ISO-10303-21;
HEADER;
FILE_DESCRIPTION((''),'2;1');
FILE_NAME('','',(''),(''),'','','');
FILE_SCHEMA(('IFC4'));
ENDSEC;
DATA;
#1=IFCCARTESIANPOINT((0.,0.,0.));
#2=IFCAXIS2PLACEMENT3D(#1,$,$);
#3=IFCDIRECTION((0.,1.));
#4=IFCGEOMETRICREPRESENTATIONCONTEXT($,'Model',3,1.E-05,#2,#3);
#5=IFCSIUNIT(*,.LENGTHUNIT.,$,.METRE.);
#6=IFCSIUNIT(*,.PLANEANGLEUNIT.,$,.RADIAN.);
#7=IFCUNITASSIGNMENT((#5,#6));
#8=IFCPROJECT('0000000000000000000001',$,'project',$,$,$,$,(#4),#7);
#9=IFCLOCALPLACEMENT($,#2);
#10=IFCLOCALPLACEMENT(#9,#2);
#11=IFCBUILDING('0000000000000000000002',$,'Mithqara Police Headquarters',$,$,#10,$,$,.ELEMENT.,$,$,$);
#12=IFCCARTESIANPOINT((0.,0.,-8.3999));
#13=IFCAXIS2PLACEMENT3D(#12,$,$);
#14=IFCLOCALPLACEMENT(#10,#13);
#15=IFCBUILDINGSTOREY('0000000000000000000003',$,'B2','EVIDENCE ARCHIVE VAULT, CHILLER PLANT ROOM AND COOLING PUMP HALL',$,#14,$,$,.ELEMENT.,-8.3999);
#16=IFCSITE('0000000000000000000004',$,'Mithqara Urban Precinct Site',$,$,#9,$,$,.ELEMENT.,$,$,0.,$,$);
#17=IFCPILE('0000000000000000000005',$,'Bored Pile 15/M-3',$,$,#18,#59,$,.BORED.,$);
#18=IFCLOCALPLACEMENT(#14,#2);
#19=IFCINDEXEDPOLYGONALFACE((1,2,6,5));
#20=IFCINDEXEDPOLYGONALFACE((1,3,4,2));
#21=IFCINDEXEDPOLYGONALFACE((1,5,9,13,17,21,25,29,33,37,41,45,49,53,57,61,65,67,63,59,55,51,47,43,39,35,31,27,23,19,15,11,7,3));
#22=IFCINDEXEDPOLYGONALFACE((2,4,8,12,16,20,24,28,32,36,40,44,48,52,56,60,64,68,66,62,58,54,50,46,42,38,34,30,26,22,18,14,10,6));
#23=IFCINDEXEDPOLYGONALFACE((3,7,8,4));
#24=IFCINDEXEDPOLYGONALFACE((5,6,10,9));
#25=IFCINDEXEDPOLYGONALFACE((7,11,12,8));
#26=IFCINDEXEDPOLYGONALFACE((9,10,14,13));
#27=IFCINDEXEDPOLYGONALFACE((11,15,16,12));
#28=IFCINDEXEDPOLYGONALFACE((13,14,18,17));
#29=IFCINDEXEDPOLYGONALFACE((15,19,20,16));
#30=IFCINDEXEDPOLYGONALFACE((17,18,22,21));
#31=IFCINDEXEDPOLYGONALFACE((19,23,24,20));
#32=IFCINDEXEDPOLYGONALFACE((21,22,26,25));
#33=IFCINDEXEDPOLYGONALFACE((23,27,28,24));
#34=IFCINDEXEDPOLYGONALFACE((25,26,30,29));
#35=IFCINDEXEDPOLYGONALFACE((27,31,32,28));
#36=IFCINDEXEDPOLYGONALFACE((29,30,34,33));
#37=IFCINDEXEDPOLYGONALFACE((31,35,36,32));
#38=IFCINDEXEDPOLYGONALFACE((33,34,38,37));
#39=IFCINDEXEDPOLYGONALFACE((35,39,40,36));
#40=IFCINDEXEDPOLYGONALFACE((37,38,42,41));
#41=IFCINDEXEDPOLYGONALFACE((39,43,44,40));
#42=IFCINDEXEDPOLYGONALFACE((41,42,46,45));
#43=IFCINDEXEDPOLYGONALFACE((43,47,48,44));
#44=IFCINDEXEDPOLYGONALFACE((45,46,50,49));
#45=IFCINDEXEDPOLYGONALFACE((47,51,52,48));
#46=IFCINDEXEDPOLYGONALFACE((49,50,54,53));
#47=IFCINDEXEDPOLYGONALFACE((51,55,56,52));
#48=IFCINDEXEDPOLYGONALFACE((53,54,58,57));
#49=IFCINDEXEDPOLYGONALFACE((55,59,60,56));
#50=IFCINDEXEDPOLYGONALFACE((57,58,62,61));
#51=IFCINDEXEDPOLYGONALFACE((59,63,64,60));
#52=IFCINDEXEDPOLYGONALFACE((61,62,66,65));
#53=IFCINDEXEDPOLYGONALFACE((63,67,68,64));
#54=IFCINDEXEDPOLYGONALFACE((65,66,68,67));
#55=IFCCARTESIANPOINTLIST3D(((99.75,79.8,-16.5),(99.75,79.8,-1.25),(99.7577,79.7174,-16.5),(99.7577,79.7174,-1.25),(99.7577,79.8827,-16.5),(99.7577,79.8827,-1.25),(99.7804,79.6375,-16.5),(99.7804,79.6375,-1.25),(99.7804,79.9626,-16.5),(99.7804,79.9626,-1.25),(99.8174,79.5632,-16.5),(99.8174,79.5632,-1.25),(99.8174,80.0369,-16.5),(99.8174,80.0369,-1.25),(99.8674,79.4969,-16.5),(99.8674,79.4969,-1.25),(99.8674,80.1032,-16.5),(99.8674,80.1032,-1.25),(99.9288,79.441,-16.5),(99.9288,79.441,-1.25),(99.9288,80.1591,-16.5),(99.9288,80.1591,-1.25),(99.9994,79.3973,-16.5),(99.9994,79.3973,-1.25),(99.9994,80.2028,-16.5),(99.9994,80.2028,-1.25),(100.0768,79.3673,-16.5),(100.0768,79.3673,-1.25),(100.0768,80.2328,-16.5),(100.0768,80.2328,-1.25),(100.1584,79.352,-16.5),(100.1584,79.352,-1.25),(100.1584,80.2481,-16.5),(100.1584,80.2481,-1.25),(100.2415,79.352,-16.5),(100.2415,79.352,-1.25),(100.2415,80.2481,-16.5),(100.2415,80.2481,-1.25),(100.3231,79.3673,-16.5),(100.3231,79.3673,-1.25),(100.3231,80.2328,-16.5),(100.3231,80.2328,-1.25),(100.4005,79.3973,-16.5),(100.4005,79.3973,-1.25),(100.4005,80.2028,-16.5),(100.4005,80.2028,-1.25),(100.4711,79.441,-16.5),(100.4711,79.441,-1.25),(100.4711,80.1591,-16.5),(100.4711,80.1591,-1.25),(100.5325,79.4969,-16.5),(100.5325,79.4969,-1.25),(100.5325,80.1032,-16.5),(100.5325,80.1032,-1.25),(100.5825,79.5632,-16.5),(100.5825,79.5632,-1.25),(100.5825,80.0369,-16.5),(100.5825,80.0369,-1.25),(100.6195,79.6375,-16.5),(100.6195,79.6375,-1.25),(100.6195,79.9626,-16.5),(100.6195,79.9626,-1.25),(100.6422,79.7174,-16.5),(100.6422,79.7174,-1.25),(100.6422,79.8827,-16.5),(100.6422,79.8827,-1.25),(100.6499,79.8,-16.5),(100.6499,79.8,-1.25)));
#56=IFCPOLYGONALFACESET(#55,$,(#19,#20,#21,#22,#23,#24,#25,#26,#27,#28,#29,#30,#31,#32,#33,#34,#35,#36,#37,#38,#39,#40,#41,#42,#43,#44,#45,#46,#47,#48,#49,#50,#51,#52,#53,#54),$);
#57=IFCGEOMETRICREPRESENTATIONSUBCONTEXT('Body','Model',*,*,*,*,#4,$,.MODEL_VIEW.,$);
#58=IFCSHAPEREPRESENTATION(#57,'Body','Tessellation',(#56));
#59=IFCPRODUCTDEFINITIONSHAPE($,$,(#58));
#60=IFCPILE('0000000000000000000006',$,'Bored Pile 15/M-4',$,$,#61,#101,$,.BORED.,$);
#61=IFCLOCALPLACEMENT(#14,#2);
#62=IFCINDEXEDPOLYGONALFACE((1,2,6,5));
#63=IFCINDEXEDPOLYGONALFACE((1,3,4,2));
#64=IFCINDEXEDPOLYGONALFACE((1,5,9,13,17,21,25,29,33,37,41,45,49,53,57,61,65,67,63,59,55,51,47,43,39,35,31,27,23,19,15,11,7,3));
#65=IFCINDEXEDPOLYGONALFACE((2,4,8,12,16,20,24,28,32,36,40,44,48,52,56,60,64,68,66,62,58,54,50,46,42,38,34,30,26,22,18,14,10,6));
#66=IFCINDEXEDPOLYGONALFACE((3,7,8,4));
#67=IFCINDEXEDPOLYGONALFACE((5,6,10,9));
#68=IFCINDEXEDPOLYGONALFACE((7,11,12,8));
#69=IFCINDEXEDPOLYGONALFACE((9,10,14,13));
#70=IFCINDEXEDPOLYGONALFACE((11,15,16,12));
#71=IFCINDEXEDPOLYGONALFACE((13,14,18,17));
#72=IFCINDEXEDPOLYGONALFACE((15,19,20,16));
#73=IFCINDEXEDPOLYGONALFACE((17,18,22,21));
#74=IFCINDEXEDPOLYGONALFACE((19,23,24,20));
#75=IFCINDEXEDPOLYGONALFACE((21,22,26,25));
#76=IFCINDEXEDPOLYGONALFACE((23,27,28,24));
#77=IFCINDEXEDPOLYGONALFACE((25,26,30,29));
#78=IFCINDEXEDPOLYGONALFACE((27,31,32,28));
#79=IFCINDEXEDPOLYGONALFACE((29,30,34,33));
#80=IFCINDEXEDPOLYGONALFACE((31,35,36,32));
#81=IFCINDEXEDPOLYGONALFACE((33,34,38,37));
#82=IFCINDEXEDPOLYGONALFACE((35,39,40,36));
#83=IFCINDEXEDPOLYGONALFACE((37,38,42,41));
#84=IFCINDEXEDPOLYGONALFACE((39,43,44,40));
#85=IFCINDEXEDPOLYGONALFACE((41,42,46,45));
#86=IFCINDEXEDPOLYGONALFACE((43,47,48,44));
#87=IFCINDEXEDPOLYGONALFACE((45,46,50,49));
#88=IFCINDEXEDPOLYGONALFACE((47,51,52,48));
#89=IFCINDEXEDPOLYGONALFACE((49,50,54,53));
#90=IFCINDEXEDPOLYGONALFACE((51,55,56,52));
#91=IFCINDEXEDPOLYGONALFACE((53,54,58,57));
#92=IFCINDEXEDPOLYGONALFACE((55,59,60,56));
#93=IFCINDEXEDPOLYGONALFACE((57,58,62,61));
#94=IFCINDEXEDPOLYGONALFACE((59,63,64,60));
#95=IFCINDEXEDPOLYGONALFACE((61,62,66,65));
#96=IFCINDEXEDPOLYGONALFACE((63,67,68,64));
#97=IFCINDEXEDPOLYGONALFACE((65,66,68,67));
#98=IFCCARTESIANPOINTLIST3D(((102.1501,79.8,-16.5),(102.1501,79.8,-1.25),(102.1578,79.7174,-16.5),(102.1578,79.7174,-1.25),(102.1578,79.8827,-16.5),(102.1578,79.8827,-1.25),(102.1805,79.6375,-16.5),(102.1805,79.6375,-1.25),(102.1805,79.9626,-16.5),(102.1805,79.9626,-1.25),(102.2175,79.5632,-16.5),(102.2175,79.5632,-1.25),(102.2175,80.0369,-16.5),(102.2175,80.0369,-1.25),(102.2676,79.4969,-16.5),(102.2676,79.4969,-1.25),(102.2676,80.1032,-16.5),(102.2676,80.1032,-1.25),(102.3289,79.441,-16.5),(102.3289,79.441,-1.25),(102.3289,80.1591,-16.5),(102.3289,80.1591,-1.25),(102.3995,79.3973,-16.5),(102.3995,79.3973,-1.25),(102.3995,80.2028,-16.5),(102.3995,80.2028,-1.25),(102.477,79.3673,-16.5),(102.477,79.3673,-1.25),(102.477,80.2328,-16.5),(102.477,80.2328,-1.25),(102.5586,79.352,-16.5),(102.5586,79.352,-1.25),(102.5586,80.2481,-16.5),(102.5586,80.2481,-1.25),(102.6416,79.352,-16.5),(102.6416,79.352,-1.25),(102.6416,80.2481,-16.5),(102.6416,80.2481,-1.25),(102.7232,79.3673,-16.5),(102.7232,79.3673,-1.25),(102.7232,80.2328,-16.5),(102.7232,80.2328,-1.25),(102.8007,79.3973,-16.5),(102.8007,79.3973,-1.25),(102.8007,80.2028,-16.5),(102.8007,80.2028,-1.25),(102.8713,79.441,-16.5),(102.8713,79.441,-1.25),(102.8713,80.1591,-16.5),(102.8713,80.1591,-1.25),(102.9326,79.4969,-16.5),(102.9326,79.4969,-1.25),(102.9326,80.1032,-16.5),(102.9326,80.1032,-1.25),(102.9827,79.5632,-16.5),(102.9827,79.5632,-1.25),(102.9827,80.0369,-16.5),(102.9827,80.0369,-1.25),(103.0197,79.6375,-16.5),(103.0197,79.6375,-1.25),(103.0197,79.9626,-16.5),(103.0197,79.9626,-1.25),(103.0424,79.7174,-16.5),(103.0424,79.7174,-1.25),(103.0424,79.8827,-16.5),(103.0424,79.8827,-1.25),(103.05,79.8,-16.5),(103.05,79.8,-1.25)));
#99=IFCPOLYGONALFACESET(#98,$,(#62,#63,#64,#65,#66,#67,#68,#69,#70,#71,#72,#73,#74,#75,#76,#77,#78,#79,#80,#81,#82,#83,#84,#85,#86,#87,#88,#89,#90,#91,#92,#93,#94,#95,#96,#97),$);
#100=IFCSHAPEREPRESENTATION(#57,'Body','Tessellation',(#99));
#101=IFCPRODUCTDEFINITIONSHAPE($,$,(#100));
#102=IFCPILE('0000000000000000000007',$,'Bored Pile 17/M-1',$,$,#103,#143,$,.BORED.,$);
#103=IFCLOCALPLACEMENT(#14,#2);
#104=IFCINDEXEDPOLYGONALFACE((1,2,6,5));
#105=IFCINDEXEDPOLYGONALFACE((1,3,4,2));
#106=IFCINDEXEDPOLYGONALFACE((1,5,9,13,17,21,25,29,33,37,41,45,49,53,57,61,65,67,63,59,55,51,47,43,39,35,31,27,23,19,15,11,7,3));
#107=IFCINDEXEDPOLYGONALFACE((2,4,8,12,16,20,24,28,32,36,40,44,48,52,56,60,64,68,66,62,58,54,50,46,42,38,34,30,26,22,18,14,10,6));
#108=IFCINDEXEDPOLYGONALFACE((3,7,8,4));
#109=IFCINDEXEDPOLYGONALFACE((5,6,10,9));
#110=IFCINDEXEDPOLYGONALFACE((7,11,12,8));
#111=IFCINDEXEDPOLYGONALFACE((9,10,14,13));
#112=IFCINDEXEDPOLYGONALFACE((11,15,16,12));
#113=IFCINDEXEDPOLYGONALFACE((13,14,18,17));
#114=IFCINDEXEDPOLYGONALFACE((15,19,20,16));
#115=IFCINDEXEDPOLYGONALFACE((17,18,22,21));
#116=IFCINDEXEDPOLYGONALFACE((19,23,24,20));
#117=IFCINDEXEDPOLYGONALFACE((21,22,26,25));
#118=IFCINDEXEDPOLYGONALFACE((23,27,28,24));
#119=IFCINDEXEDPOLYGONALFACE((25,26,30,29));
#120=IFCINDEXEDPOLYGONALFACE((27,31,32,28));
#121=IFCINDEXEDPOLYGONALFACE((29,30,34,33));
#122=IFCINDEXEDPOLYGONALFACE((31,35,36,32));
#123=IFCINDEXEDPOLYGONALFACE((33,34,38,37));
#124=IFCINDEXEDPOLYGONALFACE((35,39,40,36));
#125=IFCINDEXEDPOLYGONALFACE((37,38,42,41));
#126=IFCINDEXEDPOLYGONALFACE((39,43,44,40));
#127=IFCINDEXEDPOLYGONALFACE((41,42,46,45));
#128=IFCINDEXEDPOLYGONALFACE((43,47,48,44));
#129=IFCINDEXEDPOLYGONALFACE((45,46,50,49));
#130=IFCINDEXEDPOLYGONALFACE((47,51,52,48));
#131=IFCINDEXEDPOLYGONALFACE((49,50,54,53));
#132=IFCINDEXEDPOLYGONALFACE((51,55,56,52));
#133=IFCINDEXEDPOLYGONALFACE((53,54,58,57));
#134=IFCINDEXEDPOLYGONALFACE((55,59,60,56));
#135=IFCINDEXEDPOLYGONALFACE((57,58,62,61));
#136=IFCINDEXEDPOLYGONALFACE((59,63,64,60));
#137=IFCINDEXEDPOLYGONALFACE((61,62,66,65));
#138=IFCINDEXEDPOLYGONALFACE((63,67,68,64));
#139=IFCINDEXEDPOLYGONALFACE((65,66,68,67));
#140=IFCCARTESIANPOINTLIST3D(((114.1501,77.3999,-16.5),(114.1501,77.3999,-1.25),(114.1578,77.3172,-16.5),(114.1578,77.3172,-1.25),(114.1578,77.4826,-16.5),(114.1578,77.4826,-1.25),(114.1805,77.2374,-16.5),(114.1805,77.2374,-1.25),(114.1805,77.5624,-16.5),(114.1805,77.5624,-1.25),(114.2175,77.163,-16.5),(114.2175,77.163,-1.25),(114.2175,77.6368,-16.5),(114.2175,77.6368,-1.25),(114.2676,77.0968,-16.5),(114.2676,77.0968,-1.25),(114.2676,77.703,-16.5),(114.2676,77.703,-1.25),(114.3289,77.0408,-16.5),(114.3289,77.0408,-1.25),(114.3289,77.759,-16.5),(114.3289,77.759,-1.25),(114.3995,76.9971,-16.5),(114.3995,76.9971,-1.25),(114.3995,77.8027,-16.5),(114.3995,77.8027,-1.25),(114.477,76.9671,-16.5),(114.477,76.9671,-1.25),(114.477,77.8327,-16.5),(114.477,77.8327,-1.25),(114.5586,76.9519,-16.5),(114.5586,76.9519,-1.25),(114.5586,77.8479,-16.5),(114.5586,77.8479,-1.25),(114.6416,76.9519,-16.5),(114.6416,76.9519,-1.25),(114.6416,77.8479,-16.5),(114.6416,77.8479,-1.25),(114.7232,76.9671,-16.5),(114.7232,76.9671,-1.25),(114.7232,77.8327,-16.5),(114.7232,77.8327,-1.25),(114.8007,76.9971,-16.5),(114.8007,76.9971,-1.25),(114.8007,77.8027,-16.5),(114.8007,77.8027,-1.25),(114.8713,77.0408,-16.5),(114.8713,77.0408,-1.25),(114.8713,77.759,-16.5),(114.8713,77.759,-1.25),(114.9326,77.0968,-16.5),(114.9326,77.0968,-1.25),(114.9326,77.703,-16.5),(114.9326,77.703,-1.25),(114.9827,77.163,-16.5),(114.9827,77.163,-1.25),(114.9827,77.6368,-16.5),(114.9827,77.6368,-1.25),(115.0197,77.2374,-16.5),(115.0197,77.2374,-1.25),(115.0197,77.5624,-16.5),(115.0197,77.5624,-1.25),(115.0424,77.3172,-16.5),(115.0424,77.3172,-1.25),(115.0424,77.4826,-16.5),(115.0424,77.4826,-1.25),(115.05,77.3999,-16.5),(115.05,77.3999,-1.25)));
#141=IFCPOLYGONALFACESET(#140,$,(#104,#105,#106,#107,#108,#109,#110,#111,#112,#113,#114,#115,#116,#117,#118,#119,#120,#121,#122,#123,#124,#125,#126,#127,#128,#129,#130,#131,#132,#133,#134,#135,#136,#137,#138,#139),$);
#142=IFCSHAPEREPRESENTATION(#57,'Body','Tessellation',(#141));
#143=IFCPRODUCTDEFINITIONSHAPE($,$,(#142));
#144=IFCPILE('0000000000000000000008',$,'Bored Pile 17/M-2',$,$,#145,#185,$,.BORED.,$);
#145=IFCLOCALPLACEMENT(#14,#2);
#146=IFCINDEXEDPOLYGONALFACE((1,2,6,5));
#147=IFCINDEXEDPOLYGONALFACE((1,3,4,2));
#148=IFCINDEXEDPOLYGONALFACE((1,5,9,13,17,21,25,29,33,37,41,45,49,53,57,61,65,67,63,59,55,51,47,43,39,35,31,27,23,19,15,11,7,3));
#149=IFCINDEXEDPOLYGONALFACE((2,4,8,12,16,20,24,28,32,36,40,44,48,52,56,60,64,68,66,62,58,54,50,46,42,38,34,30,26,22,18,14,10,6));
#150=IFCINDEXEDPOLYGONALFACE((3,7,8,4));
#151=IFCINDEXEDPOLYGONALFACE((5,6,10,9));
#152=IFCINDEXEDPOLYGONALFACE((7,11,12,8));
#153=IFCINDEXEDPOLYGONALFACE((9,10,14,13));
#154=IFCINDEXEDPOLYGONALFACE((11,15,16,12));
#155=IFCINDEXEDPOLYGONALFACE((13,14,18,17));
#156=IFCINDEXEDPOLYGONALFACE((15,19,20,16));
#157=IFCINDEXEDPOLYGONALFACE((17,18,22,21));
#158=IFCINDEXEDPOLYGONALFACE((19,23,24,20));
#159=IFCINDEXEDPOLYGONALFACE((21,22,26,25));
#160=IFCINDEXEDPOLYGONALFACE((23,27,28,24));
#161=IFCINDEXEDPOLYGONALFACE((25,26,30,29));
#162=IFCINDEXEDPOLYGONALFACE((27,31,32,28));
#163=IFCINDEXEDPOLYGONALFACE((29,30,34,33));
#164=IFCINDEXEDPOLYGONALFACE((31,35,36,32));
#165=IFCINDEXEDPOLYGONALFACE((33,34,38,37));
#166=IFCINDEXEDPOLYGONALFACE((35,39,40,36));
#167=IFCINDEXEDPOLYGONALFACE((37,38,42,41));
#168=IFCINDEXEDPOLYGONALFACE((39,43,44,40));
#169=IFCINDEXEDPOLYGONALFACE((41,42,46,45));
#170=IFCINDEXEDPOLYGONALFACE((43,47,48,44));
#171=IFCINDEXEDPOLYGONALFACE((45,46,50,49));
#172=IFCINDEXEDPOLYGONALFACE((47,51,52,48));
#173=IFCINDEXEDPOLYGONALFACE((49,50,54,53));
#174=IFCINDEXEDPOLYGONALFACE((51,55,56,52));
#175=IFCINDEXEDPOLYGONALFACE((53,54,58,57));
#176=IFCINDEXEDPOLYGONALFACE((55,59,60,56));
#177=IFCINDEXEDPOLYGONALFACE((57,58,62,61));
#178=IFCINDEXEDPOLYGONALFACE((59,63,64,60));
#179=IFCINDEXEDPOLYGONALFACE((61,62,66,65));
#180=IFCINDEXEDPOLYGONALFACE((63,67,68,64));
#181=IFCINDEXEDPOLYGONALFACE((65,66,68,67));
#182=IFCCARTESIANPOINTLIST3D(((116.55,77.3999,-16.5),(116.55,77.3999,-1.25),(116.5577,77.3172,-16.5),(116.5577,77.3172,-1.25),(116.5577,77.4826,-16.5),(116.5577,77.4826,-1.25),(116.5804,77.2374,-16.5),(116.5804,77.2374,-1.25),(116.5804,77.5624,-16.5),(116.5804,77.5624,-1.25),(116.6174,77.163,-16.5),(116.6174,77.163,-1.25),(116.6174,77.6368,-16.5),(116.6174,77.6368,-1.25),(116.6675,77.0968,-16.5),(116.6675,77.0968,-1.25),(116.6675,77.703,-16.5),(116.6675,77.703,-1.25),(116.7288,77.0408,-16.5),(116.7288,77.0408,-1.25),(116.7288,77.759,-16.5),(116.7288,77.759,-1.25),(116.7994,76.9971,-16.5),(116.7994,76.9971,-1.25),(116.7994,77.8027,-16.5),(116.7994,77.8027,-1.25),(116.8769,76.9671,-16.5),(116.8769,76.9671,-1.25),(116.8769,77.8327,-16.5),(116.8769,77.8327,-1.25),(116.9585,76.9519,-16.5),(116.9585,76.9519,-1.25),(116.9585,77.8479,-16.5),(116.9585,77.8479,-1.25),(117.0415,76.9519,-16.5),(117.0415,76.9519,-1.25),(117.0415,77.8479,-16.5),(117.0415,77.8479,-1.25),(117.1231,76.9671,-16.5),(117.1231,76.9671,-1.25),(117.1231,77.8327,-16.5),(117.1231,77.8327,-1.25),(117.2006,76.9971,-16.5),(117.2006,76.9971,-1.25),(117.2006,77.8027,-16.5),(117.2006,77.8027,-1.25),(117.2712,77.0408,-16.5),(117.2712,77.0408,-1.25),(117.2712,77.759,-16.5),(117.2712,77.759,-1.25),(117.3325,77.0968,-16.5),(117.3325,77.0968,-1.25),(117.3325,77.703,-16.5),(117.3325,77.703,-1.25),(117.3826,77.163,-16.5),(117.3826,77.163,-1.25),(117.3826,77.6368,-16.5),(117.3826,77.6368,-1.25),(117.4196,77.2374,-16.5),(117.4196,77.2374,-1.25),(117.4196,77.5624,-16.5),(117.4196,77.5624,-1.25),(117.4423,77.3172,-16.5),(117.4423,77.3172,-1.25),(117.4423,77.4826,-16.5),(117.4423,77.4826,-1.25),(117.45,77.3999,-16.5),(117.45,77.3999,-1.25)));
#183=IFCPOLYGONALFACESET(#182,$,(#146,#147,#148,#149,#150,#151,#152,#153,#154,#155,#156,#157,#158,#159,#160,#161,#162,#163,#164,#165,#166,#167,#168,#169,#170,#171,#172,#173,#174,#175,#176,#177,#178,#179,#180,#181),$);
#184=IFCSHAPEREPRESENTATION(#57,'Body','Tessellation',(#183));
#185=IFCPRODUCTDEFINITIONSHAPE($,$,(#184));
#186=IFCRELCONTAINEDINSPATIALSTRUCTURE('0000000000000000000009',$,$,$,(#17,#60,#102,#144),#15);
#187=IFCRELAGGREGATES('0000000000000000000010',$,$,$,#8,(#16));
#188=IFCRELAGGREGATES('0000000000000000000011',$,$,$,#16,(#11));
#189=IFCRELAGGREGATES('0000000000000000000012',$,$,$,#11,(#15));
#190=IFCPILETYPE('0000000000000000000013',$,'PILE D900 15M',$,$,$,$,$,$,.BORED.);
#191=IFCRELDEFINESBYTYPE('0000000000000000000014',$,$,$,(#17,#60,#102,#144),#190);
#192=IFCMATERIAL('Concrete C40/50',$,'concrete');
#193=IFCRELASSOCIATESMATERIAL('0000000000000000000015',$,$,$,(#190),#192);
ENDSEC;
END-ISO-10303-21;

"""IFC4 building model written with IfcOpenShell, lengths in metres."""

from ifc_helpers import new_model, si_unit, direction, frame, origin, origin_2d, place, context, subcontext, project, spatial, circle, extrude, material, material_profile, profile_set, type_object, element, save


model = new_model("IFC4")

# Units and contexts
model_context = context("Model", 3, precision=1e-05, world=origin(), true_north=direction((0.0, 1.0)))
body_context = subcontext(model_context, "Body", "Model", "MODEL_VIEW")
ifc_project = project(units=[si_unit("LENGTHUNIT", "METRE"), si_unit("PLANEANGLEUNIT", "RADIAN")], contexts=[model_context])

# Site, building, storey
site_placement = place(None, origin())
site = spatial("IfcSite", under=ifc_project, at=site_placement, Name="Mithqara Urban Precinct Site", CompositionType="ELEMENT", RefElevation=0.0)
building_placement = place(site_placement, origin())
building = spatial("IfcBuilding", under=site, at=building_placement, Name="Mithqara Police Headquarters", CompositionType="ELEMENT")
storey_placement = place(building_placement, frame((0.0, 0.0, -8.3999)))
storey = spatial("IfcBuildingStorey", under=building, at=storey_placement, Name="B2", Description="EVIDENCE ARCHIVE VAULT, CHILLER PLANT ROOM AND COOLING PUMP HALL", CompositionType="ELEMENT", Elevation=-8.3999)

# Shared definitions
ifc_material_1 = material(Name="Concrete C40/50", Category="concrete")

# Piles
ifc_material_profile_1 = material_profile(ifc_material_1, circle(Radius=0.45, at=origin_2d()), Name="PILE D900")
ifc_profile_set_1 = profile_set([ifc_material_profile_1], Name="Concrete C40/50")
pile_type_1 = type_object("IfcPileType", Name="PILE D900 15M", PredefinedType="BORED", material=ifc_profile_set_1)
for number, where, z_axis, x_axis, name in (
    (1, (100.2, 79.8, -1.25), (0.0, 0.0, -1.0), (1.0, 0.0, 0.0), "Bored Pile 15/M-3"),
    (2, (102.6001, 79.8, -1.25), (0.0, 0.0, -1.0), (1.0, 0.0, 0.0), "Bored Pile 15/M-4"),
    (3, (114.6001, 77.3999, -1.25), (0.0, 0.0, -1.0), (1.0, 0.0, 0.0), "Bored Pile 17/M-1"),
    (4, (117.0, 77.3999, -1.25), (0.0, 0.0, -1.0), (1.0, 0.0, 0.0), "Bored Pile 17/M-2"),
):
    element("IfcPile", number, at=place(storey_placement, frame(where, z_axis=z_axis, x_axis=x_axis)), inside=storey, type_object=pile_type_1, Name=name, PredefinedType="BORED", context=body_context, shape_type="SweptSolid", body=[
        extrude(circle(Radius=0.45, at=origin_2d()), origin(), (0.0, 0.0, 1.0), 15.25),
    ])

save(model, "model.ifc")
